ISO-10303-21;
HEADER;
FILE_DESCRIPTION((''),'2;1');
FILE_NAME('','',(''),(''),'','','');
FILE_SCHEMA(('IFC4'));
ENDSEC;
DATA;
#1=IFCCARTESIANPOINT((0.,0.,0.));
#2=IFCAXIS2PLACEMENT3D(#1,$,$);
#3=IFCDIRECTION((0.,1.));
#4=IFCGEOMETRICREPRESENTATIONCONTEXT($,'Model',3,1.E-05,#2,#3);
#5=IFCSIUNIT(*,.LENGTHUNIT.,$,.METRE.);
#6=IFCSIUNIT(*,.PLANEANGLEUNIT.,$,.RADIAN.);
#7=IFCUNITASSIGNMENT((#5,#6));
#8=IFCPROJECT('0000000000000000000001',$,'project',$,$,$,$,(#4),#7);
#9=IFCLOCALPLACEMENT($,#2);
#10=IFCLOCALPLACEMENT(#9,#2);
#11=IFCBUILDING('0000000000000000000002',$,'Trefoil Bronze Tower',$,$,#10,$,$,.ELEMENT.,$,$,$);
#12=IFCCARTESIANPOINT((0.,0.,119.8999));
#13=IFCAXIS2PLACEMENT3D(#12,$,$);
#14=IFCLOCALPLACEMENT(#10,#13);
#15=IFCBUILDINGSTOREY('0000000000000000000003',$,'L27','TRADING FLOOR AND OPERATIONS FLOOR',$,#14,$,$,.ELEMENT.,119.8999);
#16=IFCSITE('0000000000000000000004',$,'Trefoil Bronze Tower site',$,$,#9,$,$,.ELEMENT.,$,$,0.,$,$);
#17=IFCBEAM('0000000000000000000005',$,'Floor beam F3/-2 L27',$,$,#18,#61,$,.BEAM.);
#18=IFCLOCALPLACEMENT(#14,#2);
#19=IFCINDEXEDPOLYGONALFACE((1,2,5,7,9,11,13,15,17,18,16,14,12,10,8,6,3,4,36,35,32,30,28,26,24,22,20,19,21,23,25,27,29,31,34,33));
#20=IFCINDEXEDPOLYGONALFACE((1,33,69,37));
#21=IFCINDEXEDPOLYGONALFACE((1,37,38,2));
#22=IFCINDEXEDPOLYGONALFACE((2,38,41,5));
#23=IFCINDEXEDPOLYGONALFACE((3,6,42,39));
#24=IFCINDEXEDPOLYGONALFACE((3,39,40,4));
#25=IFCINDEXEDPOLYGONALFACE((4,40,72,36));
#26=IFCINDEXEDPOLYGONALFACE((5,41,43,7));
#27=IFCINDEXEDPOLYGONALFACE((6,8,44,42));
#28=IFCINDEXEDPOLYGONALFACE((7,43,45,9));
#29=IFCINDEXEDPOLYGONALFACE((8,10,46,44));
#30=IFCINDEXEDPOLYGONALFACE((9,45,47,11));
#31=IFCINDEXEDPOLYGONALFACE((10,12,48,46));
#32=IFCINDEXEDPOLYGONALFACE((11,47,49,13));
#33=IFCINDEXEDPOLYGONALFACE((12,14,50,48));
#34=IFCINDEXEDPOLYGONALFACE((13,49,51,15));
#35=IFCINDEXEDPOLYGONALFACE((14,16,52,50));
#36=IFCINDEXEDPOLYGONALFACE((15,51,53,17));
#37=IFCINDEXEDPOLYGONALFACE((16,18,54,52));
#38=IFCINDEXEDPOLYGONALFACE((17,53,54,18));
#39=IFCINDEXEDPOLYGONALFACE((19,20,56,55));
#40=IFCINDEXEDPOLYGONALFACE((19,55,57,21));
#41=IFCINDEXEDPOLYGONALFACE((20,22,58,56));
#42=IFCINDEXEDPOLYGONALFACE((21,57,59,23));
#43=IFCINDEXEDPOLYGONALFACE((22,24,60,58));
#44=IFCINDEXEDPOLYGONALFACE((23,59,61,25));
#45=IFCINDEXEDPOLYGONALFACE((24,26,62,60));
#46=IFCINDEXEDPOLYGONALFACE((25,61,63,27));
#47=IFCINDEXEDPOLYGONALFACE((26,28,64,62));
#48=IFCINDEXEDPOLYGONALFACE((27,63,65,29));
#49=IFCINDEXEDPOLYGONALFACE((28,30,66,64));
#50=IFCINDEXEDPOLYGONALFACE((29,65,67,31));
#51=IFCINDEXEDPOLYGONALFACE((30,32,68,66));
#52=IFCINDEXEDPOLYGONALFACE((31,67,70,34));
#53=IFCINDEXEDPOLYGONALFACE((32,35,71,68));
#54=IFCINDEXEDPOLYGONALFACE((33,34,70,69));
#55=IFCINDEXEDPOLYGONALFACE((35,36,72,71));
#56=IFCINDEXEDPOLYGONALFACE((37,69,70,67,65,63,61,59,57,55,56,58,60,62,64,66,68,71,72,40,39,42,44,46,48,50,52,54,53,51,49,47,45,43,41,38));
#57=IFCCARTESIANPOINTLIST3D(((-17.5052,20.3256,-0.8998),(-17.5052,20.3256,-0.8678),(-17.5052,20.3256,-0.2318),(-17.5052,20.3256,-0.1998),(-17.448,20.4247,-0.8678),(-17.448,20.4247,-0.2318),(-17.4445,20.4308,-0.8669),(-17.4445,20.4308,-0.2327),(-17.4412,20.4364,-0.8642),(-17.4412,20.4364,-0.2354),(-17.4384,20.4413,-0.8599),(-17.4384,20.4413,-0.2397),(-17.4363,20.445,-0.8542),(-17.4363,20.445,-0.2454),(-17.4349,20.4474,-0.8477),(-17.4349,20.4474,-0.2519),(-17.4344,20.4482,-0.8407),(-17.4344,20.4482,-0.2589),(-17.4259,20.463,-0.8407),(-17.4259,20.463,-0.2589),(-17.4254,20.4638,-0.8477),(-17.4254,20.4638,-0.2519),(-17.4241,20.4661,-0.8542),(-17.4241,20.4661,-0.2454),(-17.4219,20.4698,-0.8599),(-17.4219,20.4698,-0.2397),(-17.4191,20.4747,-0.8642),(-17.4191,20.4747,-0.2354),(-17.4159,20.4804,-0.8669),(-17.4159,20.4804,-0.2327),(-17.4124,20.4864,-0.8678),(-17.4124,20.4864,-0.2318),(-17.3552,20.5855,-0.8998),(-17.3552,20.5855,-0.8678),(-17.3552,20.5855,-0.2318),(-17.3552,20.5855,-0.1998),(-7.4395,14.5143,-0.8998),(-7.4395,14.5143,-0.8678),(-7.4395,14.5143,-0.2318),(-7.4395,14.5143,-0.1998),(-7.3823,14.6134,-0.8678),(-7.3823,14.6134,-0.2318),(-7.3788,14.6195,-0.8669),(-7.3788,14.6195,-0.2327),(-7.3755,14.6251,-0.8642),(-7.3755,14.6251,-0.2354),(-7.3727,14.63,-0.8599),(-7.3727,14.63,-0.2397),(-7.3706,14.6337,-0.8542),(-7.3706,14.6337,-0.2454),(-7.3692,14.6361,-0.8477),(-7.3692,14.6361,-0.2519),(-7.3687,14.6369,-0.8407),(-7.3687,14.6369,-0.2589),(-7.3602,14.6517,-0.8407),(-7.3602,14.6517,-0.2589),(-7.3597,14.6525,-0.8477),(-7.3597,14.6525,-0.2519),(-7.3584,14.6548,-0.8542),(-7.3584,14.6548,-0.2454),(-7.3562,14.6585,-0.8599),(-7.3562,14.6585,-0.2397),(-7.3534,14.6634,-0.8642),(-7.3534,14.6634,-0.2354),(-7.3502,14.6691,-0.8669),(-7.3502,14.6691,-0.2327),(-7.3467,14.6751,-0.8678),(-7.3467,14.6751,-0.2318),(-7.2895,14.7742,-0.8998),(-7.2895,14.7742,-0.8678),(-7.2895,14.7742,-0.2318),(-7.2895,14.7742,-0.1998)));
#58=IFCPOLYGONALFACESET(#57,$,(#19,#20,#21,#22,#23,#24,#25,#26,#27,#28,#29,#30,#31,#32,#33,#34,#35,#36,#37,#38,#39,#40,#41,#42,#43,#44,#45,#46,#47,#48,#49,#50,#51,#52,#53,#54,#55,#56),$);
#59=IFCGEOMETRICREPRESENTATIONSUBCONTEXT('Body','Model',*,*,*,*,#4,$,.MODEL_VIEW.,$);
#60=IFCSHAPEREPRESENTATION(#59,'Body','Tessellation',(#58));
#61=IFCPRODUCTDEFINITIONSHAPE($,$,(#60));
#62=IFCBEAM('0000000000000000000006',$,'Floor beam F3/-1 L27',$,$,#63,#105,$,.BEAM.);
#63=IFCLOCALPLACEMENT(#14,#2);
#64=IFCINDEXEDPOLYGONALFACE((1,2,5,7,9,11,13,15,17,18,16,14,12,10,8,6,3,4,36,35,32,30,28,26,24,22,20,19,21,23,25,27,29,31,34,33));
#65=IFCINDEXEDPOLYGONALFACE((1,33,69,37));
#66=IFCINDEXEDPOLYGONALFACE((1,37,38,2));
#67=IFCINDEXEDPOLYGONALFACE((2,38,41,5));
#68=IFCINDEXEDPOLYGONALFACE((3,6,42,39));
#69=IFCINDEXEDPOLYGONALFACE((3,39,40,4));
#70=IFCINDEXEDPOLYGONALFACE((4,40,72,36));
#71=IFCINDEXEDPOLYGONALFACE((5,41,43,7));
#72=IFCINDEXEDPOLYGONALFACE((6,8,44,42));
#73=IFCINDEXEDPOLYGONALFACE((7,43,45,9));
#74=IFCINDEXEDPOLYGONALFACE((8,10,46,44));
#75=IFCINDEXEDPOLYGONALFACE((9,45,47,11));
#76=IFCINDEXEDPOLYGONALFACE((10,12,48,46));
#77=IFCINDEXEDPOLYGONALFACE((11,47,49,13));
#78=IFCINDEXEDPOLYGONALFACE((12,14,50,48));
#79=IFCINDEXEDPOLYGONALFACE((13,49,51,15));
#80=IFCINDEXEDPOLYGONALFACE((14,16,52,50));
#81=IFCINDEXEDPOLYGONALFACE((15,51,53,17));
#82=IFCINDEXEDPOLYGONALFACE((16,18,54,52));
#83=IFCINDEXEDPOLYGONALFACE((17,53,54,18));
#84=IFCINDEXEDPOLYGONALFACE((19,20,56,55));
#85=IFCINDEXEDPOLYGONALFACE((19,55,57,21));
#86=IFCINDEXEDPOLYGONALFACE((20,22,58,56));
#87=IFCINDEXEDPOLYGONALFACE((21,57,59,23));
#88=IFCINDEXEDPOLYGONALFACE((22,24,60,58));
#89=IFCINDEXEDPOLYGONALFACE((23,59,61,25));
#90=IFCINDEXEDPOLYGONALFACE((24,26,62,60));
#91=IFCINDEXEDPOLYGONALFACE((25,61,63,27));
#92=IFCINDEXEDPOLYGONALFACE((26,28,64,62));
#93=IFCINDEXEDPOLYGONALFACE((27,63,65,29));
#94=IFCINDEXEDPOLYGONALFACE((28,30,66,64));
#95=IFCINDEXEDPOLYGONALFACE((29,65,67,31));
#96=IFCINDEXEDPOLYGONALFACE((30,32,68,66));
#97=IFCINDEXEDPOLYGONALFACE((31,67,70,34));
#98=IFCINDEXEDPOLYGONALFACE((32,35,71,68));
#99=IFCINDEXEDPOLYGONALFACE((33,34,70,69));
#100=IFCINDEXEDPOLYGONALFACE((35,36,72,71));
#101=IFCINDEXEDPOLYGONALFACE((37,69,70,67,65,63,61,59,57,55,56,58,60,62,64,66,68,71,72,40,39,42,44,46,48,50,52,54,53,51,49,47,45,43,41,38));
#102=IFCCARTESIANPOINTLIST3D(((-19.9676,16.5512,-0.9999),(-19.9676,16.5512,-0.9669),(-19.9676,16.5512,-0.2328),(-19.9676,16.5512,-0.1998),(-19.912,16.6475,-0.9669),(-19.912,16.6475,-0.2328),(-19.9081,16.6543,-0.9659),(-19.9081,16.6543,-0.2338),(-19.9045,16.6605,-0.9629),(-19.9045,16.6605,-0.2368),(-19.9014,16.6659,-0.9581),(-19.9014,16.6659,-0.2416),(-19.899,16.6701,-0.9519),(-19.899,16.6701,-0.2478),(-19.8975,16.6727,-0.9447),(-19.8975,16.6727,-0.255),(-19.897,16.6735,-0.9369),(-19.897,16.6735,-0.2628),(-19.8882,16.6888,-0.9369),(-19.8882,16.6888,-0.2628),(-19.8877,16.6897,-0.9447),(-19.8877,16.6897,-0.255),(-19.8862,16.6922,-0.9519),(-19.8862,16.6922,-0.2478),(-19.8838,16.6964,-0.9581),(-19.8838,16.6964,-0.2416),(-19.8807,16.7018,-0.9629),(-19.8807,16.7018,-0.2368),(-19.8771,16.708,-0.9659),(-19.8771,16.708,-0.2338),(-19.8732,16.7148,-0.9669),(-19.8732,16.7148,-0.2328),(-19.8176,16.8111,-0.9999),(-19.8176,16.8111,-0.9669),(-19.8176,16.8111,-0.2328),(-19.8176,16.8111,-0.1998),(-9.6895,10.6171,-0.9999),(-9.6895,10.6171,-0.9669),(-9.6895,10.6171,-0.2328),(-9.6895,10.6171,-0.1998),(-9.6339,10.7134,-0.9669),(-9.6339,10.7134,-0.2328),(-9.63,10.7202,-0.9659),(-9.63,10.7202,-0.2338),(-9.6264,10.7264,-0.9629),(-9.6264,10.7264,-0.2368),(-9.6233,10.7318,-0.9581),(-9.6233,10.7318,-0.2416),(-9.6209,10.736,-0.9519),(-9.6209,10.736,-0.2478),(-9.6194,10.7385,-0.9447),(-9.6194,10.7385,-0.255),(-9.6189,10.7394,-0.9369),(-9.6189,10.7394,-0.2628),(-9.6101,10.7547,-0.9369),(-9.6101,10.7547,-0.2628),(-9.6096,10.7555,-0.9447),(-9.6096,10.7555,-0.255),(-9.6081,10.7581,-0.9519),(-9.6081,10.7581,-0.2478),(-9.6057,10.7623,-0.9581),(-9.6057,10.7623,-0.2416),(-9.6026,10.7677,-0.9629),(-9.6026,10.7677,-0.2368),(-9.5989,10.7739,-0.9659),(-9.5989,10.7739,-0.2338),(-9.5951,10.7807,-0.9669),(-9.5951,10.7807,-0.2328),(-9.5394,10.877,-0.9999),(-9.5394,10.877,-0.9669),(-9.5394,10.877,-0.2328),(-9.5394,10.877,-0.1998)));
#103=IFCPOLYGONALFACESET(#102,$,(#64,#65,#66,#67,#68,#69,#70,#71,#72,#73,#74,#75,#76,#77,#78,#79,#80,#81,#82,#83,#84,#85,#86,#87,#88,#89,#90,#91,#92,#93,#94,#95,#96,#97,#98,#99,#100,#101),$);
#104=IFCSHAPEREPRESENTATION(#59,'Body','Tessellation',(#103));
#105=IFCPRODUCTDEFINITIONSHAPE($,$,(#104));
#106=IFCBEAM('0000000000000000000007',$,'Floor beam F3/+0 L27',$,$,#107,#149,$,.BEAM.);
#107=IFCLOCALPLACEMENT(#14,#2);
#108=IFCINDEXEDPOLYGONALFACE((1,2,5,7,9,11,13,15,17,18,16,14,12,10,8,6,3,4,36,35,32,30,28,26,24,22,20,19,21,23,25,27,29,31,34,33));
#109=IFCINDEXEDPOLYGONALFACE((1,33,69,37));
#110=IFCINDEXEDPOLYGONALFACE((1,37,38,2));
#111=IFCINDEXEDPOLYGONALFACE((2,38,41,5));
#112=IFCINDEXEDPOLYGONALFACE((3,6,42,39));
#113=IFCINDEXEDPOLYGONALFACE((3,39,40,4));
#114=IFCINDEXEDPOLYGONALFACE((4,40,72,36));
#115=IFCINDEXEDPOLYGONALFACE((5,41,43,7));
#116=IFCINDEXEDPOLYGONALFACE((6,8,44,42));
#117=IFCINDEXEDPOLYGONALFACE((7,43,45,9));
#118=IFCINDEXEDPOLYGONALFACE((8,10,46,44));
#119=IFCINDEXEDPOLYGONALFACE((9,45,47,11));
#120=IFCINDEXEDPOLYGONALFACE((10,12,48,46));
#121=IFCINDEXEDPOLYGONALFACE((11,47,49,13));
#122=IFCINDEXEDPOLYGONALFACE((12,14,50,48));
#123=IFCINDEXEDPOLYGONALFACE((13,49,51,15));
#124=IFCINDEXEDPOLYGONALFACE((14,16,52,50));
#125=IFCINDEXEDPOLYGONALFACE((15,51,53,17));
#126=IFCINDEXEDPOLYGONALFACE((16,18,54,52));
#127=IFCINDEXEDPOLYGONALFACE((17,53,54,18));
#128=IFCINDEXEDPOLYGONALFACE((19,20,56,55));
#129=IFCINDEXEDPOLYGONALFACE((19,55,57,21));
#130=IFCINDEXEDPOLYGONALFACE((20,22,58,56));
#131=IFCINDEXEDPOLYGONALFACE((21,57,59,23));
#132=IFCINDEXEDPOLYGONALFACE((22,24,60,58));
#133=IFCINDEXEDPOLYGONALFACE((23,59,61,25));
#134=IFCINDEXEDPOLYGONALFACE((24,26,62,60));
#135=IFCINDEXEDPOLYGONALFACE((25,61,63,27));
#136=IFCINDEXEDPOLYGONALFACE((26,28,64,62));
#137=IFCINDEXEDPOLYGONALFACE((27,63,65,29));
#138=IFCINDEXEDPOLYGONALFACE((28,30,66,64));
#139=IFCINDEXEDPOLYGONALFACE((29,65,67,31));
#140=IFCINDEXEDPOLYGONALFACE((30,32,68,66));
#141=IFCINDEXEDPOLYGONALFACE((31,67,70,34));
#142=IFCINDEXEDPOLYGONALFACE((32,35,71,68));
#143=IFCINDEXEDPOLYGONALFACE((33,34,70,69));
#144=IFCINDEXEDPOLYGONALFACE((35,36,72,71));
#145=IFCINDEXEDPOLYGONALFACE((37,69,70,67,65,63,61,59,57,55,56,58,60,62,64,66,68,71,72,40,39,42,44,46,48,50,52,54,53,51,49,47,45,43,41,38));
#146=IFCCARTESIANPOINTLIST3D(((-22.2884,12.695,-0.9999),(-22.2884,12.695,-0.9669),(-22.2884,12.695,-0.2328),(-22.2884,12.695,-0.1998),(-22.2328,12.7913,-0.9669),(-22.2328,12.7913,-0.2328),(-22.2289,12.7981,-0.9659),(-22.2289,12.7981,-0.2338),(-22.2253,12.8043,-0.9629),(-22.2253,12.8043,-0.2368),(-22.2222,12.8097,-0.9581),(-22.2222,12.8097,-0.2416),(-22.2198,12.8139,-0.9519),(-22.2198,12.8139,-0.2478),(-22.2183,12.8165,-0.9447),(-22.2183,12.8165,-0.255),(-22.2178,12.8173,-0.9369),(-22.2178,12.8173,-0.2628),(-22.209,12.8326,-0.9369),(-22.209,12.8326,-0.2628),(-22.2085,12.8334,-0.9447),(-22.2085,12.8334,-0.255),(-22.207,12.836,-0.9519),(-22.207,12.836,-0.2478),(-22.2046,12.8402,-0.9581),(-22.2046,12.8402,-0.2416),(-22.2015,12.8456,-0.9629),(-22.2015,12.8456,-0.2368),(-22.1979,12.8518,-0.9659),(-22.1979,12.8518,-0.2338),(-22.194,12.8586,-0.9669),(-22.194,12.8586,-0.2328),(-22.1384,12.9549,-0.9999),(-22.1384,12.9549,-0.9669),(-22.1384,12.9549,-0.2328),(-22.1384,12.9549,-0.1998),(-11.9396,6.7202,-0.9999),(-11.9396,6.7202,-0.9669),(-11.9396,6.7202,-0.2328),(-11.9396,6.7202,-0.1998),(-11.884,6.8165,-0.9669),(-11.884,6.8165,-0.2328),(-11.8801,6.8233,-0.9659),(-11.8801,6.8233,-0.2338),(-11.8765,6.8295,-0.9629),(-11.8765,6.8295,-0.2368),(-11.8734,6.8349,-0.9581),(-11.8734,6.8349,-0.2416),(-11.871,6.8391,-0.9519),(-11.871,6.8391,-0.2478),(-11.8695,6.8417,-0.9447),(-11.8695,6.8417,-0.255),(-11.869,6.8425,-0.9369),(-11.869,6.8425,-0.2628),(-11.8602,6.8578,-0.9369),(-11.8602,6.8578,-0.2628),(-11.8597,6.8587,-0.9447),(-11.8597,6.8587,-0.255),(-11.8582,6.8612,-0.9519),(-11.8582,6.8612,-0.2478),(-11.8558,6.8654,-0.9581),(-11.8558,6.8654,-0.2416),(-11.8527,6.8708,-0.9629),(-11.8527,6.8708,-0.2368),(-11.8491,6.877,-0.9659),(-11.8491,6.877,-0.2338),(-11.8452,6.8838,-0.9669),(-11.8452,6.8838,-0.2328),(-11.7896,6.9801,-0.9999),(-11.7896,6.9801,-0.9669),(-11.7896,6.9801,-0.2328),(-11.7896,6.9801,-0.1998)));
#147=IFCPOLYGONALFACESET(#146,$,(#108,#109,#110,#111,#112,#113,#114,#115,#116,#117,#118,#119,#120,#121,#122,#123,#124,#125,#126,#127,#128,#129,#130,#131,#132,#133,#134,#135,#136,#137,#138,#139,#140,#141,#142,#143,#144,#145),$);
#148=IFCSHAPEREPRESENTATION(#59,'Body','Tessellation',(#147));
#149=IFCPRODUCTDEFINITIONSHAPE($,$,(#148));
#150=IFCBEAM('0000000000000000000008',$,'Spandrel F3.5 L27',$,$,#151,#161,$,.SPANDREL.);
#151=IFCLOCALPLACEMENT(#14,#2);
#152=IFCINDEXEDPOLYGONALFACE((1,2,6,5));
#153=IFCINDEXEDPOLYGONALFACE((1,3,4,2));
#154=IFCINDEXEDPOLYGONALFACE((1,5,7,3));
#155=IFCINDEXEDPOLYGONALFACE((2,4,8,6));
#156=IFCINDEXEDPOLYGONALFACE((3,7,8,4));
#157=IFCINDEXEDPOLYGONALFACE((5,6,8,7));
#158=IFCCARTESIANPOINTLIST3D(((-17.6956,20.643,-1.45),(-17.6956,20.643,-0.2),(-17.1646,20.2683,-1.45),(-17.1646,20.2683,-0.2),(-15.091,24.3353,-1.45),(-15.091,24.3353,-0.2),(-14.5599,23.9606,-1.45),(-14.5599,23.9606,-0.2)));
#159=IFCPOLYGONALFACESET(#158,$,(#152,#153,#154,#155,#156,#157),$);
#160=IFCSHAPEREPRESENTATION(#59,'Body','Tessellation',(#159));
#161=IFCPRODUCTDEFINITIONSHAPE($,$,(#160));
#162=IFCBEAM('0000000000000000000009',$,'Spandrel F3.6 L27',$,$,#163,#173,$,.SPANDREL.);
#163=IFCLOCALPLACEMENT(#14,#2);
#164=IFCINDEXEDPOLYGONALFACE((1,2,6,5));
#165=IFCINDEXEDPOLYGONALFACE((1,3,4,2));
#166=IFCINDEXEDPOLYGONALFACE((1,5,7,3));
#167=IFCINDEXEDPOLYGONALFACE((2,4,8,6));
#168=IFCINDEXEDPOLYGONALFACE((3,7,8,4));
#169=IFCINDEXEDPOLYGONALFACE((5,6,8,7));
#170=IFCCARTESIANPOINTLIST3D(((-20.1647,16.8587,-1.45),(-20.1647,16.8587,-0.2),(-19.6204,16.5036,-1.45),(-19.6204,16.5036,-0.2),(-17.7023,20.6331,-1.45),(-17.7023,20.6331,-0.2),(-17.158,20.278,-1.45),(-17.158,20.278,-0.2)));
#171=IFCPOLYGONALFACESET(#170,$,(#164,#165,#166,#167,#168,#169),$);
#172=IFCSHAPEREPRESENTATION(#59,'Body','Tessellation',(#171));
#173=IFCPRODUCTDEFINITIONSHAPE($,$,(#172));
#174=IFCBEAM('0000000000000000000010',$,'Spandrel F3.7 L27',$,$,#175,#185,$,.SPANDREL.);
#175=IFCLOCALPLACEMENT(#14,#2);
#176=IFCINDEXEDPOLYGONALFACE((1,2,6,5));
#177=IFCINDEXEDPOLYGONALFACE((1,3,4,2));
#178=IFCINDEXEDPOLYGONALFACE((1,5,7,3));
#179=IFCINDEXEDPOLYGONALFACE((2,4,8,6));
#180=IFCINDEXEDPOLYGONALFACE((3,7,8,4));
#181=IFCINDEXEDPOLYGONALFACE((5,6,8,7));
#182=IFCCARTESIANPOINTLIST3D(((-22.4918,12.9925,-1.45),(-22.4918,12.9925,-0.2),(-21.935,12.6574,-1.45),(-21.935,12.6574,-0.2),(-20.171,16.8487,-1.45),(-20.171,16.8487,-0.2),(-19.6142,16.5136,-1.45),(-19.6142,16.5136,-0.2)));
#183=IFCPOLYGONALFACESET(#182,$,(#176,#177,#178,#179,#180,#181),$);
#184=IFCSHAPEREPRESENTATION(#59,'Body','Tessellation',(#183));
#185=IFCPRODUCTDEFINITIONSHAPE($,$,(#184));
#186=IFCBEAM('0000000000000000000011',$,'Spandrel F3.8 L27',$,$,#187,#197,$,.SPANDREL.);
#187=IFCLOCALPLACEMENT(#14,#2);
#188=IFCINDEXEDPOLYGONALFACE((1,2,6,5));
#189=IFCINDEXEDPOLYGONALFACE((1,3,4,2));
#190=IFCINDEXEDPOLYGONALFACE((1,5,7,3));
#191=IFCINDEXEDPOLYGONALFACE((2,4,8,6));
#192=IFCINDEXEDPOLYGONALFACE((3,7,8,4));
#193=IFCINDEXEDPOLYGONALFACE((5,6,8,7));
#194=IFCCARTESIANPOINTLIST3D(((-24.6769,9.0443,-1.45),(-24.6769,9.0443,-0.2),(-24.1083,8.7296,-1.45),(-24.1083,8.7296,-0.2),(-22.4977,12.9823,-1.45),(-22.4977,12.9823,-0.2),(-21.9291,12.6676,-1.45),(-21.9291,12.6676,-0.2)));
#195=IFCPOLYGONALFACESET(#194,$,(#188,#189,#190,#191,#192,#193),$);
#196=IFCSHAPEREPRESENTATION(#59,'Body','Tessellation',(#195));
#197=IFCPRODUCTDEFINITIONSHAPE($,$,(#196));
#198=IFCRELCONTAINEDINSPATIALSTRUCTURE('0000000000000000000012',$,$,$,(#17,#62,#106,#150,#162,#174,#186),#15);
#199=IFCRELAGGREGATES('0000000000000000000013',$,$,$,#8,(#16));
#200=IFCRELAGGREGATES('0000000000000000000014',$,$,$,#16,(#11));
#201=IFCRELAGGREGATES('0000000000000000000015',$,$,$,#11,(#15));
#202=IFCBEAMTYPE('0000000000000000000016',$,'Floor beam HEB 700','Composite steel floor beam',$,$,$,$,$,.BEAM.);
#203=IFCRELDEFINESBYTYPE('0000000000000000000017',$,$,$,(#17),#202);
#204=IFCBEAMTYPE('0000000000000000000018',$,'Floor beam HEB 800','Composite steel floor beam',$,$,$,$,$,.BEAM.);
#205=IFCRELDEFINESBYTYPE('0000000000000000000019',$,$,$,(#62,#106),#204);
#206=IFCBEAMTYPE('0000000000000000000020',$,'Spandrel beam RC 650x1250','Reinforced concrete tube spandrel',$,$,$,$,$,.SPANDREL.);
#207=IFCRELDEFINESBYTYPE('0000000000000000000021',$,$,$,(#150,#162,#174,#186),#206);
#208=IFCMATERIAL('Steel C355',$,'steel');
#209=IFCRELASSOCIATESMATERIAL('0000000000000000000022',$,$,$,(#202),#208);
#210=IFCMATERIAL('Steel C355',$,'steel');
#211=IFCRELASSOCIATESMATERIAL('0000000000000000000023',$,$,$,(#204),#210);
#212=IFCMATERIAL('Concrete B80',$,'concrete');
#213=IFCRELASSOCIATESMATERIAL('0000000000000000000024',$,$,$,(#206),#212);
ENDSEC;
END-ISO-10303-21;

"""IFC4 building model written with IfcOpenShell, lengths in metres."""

from ifc_helpers import new_model, si_unit, direction, frame, origin, origin_2d, place, context, subcontext, project, spatial, rectangle, i_section, extrude, material, material_profile, profile_set, type_object, element, save


model = new_model("IFC4")

# Units and contexts
model_context = context("Model", 3, precision=1e-05, world=origin(), true_north=direction((0.0, 1.0)))
body_context = subcontext(model_context, "Body", "Model", "MODEL_VIEW")
ifc_project = project(units=[si_unit("LENGTHUNIT", "METRE"), si_unit("PLANEANGLEUNIT", "RADIAN")], contexts=[model_context])

# Site, building, storey
site_placement = place(None, origin())
site = spatial("IfcSite", under=ifc_project, at=site_placement, Name="Trefoil Bronze Tower site", CompositionType="ELEMENT", RefElevation=0.0)
building_placement = place(site_placement, origin())
building = spatial("IfcBuilding", under=site, at=building_placement, Name="Trefoil Bronze Tower", CompositionType="ELEMENT")
storey_placement = place(building_placement, frame((0.0, 0.0, 119.8999)))
storey = spatial("IfcBuildingStorey", under=building, at=storey_placement, Name="L27", Description="TRADING FLOOR AND OPERATIONS FLOOR", CompositionType="ELEMENT", Elevation=119.8999)

# Beams
ifc_material_1 = material(Name="Steel C355", Category="steel")
ifc_material_profile_1 = material_profile(ifc_material_1, i_section(OverallWidth=0.3, OverallDepth=0.7, WebThickness=0.0171, FlangeThickness=0.032, FilletRadius=0.0271, at=origin_2d()), Name="HEB 700")
ifc_profile_set_1 = profile_set([ifc_material_profile_1], Name="Steel C355")
beam_type_1 = type_object("IfcBeamType", Name="Floor beam HEB 700", Description="Composite steel floor beam", PredefinedType="BEAM", material=ifc_profile_set_1)
beam_1_placement = place(storey_placement, frame((-17.4302, 20.4556, -0.5498), z_axis=(0.866031, -0.499991, 0.0), x_axis=(0.499991, 0.866031, 0.0)))
element("IfcBeam", 1, at=beam_1_placement, inside=storey, type_object=beam_type_1, Name="Floor beam F3/-2 L27", PredefinedType="BEAM", context=body_context, shape_type="SweptSolid", body=[
    extrude(i_section(OverallWidth=0.3, OverallDepth=0.7, WebThickness=0.0171, FlangeThickness=0.032, FilletRadius=0.0271, at=origin_2d()), origin(), (0.0, 0.0, 1.0), 11.6228),
])
ifc_material_2 = material(Name="Steel C355", Category="steel")
ifc_material_profile_2 = material_profile(ifc_material_2, i_section(OverallWidth=0.3, OverallDepth=0.8, WebThickness=0.0176, FlangeThickness=0.033, FilletRadius=0.03, at=origin_2d()), Name="HEB 800")
ifc_profile_set_2 = profile_set([ifc_material_profile_2], Name="Steel C355")
beam_type_2 = type_object("IfcBeamType", Name="Floor beam HEB 800", Description="Composite steel floor beam", PredefinedType="BEAM", material=ifc_profile_set_2)
beam_2_placement = place(storey_placement, frame((-19.8926, 16.6812, -0.5999), z_axis=(0.866024, -0.500002, 0.0), x_axis=(0.500002, 0.866024, 0.0)))
element("IfcBeam", 2, at=beam_2_placement, inside=storey, type_object=beam_type_2, Name="Floor beam F3/-1 L27", PredefinedType="BEAM", context=body_context, shape_type="SweptSolid", body=[
    extrude(i_section(OverallWidth=0.3, OverallDepth=0.8, WebThickness=0.0176, FlangeThickness=0.033, FilletRadius=0.03, at=origin_2d()), origin(), (0.0, 0.0, 1.0), 11.8682),
])
beam_3_placement = place(storey_placement, frame((-22.2134, 12.825, -0.5999), z_axis=(0.866028, -0.499995, 0.0), x_axis=(0.499995, 0.866028, 0.0)))
element("IfcBeam", 3, at=beam_3_placement, inside=storey, type_object=beam_type_2, Name="Floor beam F3/+0 L27", PredefinedType="BEAM", context=body_context, shape_type="SweptSolid", body=[
    extrude(i_section(OverallWidth=0.3, OverallDepth=0.8, WebThickness=0.0176, FlangeThickness=0.033, FilletRadius=0.03, at=origin_2d()), origin(), (0.0, 0.0, 1.0), 11.9497),
])
ifc_material_3 = material(Name="Concrete B80", Category="concrete")
ifc_material_profile_3 = material_profile(ifc_material_3, rectangle(XDim=0.6499, YDim=1.25, at=origin_2d()), Name="RC 650x1250")
ifc_profile_set_3 = profile_set([ifc_material_profile_3], Name="Concrete B80")
beam_type_3 = type_object("IfcBeamType", Name="Spandrel beam RC 650x1250", Description="Reinforced concrete tube spandrel", PredefinedType="SPANDREL", material=ifc_profile_set_3)
beam_4_placement = place(storey_placement, frame((-14.8254, 24.1479, -0.825), z_axis=(-0.576439, -0.81714, 0.0), x_axis=(0.81714, -0.576439, 0.0)))
element("IfcBeam", 4, at=beam_4_placement, inside=storey, type_object=beam_type_3, Name="Spandrel F3.5 L27", PredefinedType="SPANDREL", context=body_context, shape_type="SweptSolid", body=[
    extrude(rectangle(XDim=0.6499, YDim=1.25, at=origin_2d()), origin(), (0.0, 0.0, 1.0), 4.5186),
])
beam_5_placement = place(storey_placement, frame((-17.4302, 20.4556, -0.825), z_axis=(-0.546397, -0.837527, 0.0), x_axis=(0.837527, -0.546397, 0.0)))
element("IfcBeam", 5, at=beam_5_placement, inside=storey, type_object=beam_type_3, Name="Spandrel F3.6 L27", PredefinedType="SPANDREL", context=body_context, shape_type="SweptSolid", body=[
    extrude(rectangle(XDim=0.6499, YDim=1.25, at=origin_2d()), origin(), (0.0, 0.0, 1.0), 4.5066),
])
for number, where, z_axis, x_axis, name in (
    (6, (-19.8926, 16.6812, -0.825), (-0.515652, -0.856798, 0.0), (0.856798, -0.515652, 0.0), "Spandrel F3.7 L27"),
    (7, (-22.2134, 12.825, -0.825), (-0.484187, -0.874965, 0.0), (0.874965, -0.484187, 0.0), "Spandrel F3.8 L27"),
):
    element("IfcBeam", number, at=place(storey_placement, frame(where, z_axis=z_axis, x_axis=x_axis)), inside=storey, type_object=beam_type_3, Name=name, PredefinedType="SPANDREL", context=body_context, shape_type="SweptSolid", body=[
        extrude(rectangle(XDim=0.6499, YDim=1.25, at=origin_2d()), origin(), (0.0, 0.0, 1.0), 4.5007),
    ])

save(model, "model.ifc")
